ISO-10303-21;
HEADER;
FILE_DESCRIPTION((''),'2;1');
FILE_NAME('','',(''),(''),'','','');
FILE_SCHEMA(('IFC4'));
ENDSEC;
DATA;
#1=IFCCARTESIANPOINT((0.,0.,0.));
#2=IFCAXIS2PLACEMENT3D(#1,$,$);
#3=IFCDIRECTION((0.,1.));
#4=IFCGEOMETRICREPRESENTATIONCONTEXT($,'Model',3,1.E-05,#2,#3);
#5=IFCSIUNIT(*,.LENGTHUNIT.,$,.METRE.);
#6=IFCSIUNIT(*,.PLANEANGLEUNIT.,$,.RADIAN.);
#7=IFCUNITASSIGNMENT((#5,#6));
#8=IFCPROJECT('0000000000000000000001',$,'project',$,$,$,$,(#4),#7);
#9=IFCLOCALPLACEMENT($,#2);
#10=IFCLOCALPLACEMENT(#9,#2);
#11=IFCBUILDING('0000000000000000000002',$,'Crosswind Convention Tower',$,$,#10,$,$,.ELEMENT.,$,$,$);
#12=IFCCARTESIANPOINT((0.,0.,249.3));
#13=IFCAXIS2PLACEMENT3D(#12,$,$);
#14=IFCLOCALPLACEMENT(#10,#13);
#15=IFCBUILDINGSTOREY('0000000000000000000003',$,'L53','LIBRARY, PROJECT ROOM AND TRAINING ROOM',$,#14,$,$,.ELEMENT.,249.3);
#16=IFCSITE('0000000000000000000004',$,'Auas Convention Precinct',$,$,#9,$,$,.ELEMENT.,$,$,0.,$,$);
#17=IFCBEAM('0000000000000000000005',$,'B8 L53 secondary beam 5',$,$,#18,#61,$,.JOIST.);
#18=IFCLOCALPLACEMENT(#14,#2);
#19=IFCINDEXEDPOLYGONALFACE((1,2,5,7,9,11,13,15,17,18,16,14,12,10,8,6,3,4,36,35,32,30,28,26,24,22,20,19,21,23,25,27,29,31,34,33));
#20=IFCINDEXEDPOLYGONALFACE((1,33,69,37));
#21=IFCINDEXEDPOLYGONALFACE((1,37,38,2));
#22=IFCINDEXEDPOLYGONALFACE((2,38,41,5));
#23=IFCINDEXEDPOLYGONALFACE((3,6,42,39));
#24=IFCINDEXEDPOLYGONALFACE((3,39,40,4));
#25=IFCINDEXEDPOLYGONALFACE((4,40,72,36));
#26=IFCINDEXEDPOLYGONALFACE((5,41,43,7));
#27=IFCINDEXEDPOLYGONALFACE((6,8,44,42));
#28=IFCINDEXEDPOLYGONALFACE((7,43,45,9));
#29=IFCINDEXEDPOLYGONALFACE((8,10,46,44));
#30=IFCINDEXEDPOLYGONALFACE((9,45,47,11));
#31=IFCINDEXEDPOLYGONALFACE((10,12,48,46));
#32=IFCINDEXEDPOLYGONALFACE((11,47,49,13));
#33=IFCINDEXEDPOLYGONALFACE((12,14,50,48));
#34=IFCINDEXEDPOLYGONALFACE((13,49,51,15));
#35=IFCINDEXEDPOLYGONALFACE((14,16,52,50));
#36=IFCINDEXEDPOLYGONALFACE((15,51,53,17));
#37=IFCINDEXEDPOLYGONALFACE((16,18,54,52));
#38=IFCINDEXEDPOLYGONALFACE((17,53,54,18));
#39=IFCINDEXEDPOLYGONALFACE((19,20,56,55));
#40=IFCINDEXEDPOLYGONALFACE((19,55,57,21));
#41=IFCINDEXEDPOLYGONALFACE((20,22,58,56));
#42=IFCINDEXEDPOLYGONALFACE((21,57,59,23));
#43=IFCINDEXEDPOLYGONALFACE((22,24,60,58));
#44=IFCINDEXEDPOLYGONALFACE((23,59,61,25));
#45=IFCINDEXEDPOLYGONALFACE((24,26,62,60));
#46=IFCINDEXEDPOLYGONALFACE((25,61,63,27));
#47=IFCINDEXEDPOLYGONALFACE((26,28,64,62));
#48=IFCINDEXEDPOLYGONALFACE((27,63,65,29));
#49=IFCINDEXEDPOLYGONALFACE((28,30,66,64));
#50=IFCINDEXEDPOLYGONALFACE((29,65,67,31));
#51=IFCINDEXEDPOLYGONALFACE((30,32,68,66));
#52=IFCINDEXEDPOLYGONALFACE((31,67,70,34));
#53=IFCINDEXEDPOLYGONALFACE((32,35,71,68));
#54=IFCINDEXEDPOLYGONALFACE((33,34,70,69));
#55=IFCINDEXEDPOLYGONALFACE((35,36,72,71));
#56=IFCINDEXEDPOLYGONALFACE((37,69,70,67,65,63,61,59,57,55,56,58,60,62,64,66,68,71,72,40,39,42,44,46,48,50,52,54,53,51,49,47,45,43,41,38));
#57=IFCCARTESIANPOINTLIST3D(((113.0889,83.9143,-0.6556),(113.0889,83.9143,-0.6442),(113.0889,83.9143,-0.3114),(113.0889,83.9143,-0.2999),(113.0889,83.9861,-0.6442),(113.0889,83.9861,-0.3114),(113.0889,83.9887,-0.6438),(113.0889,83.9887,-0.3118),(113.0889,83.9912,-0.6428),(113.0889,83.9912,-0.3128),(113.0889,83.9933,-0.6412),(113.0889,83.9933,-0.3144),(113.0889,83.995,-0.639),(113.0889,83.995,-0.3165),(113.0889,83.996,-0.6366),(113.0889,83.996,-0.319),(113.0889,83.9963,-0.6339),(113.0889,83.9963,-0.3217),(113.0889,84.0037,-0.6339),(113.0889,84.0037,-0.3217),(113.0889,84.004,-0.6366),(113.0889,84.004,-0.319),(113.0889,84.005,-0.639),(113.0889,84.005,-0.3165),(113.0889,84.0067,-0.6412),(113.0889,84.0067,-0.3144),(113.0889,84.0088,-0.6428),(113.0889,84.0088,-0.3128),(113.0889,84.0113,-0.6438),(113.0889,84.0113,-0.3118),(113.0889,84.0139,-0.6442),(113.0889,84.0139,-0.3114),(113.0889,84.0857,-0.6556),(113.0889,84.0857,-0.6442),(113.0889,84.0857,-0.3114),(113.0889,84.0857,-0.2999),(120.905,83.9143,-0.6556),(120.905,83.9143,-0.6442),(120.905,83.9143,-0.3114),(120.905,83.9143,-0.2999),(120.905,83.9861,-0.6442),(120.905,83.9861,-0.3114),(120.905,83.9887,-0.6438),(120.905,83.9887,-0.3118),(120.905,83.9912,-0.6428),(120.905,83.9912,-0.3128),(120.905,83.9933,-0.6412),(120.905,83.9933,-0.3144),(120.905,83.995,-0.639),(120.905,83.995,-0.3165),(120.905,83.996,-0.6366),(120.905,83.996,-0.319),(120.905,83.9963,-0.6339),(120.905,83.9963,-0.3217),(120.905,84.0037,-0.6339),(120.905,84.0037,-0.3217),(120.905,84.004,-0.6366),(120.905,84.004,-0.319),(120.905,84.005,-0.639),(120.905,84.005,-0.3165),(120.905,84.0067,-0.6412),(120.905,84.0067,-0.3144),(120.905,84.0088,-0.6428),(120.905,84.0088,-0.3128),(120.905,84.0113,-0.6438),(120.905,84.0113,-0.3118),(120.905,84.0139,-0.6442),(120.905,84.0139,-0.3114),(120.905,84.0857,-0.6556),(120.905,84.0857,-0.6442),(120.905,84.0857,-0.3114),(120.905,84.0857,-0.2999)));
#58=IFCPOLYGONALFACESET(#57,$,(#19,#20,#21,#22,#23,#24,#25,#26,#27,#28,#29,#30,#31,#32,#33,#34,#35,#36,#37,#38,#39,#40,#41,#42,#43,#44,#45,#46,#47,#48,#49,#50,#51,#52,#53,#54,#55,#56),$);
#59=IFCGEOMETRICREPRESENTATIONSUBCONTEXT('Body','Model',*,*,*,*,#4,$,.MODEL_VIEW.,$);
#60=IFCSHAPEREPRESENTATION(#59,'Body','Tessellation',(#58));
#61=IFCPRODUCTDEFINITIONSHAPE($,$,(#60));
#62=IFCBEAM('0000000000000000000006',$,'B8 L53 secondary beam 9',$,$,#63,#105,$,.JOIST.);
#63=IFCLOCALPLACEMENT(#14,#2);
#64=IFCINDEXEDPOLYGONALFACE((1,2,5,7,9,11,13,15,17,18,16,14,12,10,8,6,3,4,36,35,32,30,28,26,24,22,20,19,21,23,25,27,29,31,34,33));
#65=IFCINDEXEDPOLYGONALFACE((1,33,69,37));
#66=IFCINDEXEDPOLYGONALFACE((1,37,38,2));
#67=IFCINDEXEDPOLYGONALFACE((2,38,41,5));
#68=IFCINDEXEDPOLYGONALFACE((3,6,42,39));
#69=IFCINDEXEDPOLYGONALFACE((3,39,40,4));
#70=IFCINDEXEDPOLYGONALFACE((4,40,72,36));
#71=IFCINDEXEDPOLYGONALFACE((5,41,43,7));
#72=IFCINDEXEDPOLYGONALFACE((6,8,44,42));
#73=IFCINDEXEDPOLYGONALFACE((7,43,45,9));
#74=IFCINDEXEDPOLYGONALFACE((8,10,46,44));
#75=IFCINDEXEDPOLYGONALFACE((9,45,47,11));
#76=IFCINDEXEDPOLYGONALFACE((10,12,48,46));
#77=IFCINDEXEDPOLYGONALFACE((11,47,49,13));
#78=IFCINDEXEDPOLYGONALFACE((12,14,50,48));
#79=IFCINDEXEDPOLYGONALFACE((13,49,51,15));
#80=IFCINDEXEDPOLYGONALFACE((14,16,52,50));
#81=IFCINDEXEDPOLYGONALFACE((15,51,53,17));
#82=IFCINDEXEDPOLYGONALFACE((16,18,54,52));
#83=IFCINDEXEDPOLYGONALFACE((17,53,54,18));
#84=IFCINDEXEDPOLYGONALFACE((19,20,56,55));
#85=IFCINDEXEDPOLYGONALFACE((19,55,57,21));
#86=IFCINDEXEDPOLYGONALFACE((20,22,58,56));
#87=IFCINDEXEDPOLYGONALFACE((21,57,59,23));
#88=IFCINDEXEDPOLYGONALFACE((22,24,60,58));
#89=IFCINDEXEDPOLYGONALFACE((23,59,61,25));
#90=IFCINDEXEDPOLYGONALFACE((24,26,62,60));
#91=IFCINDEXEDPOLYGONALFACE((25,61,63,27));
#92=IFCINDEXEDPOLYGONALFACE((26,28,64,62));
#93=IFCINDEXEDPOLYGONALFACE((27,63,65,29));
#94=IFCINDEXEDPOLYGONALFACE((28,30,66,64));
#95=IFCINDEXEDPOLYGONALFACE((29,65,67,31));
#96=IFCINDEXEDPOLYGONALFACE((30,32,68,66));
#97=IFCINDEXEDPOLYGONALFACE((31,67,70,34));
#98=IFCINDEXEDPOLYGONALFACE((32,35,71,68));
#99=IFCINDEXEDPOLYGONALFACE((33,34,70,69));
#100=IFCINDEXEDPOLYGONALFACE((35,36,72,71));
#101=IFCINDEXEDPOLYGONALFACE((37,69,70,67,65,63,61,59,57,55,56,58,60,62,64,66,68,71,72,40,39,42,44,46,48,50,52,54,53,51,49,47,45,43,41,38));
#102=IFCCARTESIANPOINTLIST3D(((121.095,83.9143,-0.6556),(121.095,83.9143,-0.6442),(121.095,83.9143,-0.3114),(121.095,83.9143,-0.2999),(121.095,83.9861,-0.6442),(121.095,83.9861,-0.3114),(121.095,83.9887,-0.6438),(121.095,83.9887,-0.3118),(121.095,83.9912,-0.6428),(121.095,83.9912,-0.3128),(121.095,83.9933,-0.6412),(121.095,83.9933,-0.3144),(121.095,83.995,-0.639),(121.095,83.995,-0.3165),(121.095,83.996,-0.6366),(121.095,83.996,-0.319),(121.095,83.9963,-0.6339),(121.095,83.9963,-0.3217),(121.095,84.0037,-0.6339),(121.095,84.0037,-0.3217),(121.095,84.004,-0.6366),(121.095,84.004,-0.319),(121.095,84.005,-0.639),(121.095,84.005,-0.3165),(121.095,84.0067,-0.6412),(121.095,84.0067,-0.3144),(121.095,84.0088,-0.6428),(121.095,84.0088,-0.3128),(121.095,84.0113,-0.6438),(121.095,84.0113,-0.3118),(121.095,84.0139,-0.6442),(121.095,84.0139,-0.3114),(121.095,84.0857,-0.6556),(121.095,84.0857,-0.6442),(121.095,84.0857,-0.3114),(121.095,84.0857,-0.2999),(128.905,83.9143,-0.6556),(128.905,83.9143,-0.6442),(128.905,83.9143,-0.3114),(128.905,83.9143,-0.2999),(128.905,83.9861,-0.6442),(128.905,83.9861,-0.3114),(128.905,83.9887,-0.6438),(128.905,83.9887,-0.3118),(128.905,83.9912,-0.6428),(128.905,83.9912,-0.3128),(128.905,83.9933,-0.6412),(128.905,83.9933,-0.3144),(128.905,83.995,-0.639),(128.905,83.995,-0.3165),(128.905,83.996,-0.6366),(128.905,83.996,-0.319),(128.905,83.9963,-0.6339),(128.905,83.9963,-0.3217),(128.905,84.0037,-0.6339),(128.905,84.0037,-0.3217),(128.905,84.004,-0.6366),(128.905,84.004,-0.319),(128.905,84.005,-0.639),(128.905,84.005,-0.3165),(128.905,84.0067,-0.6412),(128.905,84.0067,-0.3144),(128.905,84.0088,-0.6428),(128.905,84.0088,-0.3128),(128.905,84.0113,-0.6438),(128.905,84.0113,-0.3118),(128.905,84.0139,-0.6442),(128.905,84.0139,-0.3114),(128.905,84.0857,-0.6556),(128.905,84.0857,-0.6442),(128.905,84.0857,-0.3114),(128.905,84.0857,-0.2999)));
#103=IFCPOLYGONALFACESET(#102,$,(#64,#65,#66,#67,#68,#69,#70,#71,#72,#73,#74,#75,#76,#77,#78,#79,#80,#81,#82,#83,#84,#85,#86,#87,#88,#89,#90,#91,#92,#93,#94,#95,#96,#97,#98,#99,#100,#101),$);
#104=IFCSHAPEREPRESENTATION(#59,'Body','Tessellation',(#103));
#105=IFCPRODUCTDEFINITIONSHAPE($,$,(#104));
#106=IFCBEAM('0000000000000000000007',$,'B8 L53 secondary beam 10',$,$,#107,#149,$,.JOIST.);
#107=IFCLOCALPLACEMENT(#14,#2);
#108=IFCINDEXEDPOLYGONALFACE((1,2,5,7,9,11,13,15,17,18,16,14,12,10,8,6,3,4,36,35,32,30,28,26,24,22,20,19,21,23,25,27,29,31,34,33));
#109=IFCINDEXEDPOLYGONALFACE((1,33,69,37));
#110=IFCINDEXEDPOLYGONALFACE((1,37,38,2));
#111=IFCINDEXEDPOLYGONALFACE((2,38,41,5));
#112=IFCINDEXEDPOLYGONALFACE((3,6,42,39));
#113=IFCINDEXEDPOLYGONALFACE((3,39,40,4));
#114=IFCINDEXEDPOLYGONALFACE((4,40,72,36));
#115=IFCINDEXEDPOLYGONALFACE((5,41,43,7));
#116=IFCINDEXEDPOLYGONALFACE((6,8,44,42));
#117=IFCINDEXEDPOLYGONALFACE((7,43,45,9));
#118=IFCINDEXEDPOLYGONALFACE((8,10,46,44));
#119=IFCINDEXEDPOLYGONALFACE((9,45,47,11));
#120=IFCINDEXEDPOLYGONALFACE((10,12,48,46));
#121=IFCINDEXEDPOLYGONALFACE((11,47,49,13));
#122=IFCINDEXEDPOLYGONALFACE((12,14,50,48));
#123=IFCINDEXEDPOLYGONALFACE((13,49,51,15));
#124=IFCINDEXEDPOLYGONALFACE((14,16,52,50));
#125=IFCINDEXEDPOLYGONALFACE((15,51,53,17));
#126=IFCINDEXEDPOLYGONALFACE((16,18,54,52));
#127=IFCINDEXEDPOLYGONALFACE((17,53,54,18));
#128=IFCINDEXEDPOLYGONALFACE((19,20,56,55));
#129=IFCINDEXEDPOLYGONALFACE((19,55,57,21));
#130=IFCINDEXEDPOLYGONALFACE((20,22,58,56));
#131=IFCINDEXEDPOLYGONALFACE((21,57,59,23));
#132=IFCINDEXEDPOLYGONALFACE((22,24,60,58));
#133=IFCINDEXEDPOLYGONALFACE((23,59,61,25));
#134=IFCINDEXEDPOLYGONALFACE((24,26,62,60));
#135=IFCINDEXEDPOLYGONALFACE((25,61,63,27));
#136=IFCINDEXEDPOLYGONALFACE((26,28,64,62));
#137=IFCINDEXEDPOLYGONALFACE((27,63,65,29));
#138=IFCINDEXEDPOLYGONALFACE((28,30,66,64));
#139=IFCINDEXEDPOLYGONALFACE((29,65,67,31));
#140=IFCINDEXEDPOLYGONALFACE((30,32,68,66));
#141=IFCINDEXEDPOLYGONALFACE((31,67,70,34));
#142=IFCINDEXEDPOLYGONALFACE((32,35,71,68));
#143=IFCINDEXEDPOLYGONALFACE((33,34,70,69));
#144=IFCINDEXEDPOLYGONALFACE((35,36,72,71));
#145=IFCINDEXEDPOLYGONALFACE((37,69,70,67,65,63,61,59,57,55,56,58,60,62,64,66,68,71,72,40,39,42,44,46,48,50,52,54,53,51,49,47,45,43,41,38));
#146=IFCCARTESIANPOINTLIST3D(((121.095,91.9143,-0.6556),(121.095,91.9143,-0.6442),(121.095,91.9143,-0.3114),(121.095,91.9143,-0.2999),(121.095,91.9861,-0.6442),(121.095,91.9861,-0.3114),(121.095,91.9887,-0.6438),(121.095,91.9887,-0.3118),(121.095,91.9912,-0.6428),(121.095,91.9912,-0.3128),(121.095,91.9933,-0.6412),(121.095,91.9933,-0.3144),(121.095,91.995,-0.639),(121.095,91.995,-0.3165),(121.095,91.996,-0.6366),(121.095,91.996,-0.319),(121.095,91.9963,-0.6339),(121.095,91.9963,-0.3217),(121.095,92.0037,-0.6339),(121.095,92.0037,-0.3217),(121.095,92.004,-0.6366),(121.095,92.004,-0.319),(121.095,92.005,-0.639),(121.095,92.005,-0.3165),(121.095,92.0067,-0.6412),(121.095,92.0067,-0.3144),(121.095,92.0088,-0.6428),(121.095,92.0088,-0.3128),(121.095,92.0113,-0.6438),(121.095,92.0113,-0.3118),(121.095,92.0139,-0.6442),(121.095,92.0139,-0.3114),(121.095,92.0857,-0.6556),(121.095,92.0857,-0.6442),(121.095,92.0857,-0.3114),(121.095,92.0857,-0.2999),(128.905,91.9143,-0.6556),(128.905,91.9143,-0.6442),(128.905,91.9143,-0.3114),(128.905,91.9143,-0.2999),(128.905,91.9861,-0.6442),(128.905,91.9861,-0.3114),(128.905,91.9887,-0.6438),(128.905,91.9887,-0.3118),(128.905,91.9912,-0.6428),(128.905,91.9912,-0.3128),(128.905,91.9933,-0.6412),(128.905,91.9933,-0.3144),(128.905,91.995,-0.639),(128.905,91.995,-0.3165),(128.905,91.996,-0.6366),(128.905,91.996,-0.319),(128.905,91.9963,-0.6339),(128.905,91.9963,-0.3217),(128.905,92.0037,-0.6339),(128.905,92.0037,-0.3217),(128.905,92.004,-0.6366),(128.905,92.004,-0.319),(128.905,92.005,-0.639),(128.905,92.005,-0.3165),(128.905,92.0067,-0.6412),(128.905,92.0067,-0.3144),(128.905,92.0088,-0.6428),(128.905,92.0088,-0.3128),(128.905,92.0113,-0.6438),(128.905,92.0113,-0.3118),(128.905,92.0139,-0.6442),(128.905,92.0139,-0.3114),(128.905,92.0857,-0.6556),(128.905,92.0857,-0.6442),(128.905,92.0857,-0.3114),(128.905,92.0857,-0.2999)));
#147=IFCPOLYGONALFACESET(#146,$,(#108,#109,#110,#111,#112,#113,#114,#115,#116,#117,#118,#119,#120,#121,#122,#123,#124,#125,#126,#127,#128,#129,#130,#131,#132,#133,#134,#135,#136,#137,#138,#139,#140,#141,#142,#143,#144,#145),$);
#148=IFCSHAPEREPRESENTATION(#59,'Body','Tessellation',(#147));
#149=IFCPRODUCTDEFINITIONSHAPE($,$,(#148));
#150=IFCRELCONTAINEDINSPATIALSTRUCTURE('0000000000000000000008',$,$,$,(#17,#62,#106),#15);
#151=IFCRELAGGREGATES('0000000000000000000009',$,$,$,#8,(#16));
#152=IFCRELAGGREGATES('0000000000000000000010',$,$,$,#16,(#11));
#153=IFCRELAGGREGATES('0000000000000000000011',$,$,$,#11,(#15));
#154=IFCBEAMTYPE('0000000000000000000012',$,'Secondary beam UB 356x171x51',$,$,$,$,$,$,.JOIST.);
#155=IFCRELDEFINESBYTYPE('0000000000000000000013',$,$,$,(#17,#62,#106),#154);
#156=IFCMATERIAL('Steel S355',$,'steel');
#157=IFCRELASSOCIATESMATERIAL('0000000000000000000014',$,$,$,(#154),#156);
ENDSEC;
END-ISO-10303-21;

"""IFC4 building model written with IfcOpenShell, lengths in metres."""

from ifc_helpers import new_model, si_unit, direction, frame, origin, origin_2d, place, context, subcontext, project, spatial, i_section, extrude, material, material_profile, profile_set, type_object, element, save


model = new_model("IFC4")

# Units and contexts
model_context = context("Model", 3, precision=1e-05, world=origin(), true_north=direction((0.0, 1.0)))
body_context = subcontext(model_context, "Body", "Model", "MODEL_VIEW")
ifc_project = project(units=[si_unit("LENGTHUNIT", "METRE"), si_unit("PLANEANGLEUNIT", "RADIAN")], contexts=[model_context])

# Site, building, storey
site_placement = place(None, origin())
site = spatial("IfcSite", under=ifc_project, at=site_placement, Name="Auas Convention Precinct", CompositionType="ELEMENT", RefElevation=0.0)
building_placement = place(site_placement, origin())
building = spatial("IfcBuilding", under=site, at=building_placement, Name="Crosswind Convention Tower", CompositionType="ELEMENT")
storey_placement = place(building_placement, frame((0.0, 0.0, 249.3)))
storey = spatial("IfcBuildingStorey", under=building, at=storey_placement, Name="L53", Description="LIBRARY, PROJECT ROOM AND TRAINING ROOM", CompositionType="ELEMENT", Elevation=249.3)

# Beams
ifc_material_1 = material(Name="Steel S355", Category="steel")
ifc_material_profile_1 = material_profile(ifc_material_1, i_section(OverallWidth=0.1714, OverallDepth=0.3557, WebThickness=0.0073, FlangeThickness=0.0115, FilletRadius=0.0103, at=origin_2d()), Name="UB 356x171x51")
ifc_profile_set_1 = profile_set([ifc_material_profile_1], Name="Steel S355")
beam_type_1 = type_object("IfcBeamType", Name="Secondary beam UB 356x171x51", PredefinedType="JOIST", material=ifc_profile_set_1)
beam_1_placement = place(storey_placement, frame((113.0889, 84.0, -0.4778), z_axis=(1.0, 0.0, 0.0), x_axis=(0.0, 1.0, 0.0)))
element("IfcBeam", 1, at=beam_1_placement, inside=storey, type_object=beam_type_1, Name="B8 L53 secondary beam 5", PredefinedType="JOIST", context=body_context, shape_type="SweptSolid", body=[
    extrude(i_section(OverallWidth=0.1714, OverallDepth=0.3557, WebThickness=0.0073, FlangeThickness=0.0115, FilletRadius=0.0103, at=origin_2d()), origin(), (0.0, 0.0, 1.0), 7.8162),
])
for number, where, z_axis, x_axis, name in (
    (2, (121.095, 84.0, -0.4778), (1.0, 0.0, 0.0), (0.0, 1.0, 0.0), "B8 L53 secondary beam 9"),
    (3, (121.095, 92.0, -0.4778), (1.0, 0.0, 0.0), (0.0, 1.0, 0.0), "B8 L53 secondary beam 10"),
):
    element("IfcBeam", number, at=place(storey_placement, frame(where, z_axis=z_axis, x_axis=x_axis)), inside=storey, type_object=beam_type_1, Name=name, PredefinedType="JOIST", context=body_context, shape_type="SweptSolid", body=[
        extrude(i_section(OverallWidth=0.1714, OverallDepth=0.3557, WebThickness=0.0073, FlangeThickness=0.0115, FilletRadius=0.0103, at=origin_2d()), origin(), (0.0, 0.0, 1.0), 7.8101),
    ])

save(model, "model.ifc")
